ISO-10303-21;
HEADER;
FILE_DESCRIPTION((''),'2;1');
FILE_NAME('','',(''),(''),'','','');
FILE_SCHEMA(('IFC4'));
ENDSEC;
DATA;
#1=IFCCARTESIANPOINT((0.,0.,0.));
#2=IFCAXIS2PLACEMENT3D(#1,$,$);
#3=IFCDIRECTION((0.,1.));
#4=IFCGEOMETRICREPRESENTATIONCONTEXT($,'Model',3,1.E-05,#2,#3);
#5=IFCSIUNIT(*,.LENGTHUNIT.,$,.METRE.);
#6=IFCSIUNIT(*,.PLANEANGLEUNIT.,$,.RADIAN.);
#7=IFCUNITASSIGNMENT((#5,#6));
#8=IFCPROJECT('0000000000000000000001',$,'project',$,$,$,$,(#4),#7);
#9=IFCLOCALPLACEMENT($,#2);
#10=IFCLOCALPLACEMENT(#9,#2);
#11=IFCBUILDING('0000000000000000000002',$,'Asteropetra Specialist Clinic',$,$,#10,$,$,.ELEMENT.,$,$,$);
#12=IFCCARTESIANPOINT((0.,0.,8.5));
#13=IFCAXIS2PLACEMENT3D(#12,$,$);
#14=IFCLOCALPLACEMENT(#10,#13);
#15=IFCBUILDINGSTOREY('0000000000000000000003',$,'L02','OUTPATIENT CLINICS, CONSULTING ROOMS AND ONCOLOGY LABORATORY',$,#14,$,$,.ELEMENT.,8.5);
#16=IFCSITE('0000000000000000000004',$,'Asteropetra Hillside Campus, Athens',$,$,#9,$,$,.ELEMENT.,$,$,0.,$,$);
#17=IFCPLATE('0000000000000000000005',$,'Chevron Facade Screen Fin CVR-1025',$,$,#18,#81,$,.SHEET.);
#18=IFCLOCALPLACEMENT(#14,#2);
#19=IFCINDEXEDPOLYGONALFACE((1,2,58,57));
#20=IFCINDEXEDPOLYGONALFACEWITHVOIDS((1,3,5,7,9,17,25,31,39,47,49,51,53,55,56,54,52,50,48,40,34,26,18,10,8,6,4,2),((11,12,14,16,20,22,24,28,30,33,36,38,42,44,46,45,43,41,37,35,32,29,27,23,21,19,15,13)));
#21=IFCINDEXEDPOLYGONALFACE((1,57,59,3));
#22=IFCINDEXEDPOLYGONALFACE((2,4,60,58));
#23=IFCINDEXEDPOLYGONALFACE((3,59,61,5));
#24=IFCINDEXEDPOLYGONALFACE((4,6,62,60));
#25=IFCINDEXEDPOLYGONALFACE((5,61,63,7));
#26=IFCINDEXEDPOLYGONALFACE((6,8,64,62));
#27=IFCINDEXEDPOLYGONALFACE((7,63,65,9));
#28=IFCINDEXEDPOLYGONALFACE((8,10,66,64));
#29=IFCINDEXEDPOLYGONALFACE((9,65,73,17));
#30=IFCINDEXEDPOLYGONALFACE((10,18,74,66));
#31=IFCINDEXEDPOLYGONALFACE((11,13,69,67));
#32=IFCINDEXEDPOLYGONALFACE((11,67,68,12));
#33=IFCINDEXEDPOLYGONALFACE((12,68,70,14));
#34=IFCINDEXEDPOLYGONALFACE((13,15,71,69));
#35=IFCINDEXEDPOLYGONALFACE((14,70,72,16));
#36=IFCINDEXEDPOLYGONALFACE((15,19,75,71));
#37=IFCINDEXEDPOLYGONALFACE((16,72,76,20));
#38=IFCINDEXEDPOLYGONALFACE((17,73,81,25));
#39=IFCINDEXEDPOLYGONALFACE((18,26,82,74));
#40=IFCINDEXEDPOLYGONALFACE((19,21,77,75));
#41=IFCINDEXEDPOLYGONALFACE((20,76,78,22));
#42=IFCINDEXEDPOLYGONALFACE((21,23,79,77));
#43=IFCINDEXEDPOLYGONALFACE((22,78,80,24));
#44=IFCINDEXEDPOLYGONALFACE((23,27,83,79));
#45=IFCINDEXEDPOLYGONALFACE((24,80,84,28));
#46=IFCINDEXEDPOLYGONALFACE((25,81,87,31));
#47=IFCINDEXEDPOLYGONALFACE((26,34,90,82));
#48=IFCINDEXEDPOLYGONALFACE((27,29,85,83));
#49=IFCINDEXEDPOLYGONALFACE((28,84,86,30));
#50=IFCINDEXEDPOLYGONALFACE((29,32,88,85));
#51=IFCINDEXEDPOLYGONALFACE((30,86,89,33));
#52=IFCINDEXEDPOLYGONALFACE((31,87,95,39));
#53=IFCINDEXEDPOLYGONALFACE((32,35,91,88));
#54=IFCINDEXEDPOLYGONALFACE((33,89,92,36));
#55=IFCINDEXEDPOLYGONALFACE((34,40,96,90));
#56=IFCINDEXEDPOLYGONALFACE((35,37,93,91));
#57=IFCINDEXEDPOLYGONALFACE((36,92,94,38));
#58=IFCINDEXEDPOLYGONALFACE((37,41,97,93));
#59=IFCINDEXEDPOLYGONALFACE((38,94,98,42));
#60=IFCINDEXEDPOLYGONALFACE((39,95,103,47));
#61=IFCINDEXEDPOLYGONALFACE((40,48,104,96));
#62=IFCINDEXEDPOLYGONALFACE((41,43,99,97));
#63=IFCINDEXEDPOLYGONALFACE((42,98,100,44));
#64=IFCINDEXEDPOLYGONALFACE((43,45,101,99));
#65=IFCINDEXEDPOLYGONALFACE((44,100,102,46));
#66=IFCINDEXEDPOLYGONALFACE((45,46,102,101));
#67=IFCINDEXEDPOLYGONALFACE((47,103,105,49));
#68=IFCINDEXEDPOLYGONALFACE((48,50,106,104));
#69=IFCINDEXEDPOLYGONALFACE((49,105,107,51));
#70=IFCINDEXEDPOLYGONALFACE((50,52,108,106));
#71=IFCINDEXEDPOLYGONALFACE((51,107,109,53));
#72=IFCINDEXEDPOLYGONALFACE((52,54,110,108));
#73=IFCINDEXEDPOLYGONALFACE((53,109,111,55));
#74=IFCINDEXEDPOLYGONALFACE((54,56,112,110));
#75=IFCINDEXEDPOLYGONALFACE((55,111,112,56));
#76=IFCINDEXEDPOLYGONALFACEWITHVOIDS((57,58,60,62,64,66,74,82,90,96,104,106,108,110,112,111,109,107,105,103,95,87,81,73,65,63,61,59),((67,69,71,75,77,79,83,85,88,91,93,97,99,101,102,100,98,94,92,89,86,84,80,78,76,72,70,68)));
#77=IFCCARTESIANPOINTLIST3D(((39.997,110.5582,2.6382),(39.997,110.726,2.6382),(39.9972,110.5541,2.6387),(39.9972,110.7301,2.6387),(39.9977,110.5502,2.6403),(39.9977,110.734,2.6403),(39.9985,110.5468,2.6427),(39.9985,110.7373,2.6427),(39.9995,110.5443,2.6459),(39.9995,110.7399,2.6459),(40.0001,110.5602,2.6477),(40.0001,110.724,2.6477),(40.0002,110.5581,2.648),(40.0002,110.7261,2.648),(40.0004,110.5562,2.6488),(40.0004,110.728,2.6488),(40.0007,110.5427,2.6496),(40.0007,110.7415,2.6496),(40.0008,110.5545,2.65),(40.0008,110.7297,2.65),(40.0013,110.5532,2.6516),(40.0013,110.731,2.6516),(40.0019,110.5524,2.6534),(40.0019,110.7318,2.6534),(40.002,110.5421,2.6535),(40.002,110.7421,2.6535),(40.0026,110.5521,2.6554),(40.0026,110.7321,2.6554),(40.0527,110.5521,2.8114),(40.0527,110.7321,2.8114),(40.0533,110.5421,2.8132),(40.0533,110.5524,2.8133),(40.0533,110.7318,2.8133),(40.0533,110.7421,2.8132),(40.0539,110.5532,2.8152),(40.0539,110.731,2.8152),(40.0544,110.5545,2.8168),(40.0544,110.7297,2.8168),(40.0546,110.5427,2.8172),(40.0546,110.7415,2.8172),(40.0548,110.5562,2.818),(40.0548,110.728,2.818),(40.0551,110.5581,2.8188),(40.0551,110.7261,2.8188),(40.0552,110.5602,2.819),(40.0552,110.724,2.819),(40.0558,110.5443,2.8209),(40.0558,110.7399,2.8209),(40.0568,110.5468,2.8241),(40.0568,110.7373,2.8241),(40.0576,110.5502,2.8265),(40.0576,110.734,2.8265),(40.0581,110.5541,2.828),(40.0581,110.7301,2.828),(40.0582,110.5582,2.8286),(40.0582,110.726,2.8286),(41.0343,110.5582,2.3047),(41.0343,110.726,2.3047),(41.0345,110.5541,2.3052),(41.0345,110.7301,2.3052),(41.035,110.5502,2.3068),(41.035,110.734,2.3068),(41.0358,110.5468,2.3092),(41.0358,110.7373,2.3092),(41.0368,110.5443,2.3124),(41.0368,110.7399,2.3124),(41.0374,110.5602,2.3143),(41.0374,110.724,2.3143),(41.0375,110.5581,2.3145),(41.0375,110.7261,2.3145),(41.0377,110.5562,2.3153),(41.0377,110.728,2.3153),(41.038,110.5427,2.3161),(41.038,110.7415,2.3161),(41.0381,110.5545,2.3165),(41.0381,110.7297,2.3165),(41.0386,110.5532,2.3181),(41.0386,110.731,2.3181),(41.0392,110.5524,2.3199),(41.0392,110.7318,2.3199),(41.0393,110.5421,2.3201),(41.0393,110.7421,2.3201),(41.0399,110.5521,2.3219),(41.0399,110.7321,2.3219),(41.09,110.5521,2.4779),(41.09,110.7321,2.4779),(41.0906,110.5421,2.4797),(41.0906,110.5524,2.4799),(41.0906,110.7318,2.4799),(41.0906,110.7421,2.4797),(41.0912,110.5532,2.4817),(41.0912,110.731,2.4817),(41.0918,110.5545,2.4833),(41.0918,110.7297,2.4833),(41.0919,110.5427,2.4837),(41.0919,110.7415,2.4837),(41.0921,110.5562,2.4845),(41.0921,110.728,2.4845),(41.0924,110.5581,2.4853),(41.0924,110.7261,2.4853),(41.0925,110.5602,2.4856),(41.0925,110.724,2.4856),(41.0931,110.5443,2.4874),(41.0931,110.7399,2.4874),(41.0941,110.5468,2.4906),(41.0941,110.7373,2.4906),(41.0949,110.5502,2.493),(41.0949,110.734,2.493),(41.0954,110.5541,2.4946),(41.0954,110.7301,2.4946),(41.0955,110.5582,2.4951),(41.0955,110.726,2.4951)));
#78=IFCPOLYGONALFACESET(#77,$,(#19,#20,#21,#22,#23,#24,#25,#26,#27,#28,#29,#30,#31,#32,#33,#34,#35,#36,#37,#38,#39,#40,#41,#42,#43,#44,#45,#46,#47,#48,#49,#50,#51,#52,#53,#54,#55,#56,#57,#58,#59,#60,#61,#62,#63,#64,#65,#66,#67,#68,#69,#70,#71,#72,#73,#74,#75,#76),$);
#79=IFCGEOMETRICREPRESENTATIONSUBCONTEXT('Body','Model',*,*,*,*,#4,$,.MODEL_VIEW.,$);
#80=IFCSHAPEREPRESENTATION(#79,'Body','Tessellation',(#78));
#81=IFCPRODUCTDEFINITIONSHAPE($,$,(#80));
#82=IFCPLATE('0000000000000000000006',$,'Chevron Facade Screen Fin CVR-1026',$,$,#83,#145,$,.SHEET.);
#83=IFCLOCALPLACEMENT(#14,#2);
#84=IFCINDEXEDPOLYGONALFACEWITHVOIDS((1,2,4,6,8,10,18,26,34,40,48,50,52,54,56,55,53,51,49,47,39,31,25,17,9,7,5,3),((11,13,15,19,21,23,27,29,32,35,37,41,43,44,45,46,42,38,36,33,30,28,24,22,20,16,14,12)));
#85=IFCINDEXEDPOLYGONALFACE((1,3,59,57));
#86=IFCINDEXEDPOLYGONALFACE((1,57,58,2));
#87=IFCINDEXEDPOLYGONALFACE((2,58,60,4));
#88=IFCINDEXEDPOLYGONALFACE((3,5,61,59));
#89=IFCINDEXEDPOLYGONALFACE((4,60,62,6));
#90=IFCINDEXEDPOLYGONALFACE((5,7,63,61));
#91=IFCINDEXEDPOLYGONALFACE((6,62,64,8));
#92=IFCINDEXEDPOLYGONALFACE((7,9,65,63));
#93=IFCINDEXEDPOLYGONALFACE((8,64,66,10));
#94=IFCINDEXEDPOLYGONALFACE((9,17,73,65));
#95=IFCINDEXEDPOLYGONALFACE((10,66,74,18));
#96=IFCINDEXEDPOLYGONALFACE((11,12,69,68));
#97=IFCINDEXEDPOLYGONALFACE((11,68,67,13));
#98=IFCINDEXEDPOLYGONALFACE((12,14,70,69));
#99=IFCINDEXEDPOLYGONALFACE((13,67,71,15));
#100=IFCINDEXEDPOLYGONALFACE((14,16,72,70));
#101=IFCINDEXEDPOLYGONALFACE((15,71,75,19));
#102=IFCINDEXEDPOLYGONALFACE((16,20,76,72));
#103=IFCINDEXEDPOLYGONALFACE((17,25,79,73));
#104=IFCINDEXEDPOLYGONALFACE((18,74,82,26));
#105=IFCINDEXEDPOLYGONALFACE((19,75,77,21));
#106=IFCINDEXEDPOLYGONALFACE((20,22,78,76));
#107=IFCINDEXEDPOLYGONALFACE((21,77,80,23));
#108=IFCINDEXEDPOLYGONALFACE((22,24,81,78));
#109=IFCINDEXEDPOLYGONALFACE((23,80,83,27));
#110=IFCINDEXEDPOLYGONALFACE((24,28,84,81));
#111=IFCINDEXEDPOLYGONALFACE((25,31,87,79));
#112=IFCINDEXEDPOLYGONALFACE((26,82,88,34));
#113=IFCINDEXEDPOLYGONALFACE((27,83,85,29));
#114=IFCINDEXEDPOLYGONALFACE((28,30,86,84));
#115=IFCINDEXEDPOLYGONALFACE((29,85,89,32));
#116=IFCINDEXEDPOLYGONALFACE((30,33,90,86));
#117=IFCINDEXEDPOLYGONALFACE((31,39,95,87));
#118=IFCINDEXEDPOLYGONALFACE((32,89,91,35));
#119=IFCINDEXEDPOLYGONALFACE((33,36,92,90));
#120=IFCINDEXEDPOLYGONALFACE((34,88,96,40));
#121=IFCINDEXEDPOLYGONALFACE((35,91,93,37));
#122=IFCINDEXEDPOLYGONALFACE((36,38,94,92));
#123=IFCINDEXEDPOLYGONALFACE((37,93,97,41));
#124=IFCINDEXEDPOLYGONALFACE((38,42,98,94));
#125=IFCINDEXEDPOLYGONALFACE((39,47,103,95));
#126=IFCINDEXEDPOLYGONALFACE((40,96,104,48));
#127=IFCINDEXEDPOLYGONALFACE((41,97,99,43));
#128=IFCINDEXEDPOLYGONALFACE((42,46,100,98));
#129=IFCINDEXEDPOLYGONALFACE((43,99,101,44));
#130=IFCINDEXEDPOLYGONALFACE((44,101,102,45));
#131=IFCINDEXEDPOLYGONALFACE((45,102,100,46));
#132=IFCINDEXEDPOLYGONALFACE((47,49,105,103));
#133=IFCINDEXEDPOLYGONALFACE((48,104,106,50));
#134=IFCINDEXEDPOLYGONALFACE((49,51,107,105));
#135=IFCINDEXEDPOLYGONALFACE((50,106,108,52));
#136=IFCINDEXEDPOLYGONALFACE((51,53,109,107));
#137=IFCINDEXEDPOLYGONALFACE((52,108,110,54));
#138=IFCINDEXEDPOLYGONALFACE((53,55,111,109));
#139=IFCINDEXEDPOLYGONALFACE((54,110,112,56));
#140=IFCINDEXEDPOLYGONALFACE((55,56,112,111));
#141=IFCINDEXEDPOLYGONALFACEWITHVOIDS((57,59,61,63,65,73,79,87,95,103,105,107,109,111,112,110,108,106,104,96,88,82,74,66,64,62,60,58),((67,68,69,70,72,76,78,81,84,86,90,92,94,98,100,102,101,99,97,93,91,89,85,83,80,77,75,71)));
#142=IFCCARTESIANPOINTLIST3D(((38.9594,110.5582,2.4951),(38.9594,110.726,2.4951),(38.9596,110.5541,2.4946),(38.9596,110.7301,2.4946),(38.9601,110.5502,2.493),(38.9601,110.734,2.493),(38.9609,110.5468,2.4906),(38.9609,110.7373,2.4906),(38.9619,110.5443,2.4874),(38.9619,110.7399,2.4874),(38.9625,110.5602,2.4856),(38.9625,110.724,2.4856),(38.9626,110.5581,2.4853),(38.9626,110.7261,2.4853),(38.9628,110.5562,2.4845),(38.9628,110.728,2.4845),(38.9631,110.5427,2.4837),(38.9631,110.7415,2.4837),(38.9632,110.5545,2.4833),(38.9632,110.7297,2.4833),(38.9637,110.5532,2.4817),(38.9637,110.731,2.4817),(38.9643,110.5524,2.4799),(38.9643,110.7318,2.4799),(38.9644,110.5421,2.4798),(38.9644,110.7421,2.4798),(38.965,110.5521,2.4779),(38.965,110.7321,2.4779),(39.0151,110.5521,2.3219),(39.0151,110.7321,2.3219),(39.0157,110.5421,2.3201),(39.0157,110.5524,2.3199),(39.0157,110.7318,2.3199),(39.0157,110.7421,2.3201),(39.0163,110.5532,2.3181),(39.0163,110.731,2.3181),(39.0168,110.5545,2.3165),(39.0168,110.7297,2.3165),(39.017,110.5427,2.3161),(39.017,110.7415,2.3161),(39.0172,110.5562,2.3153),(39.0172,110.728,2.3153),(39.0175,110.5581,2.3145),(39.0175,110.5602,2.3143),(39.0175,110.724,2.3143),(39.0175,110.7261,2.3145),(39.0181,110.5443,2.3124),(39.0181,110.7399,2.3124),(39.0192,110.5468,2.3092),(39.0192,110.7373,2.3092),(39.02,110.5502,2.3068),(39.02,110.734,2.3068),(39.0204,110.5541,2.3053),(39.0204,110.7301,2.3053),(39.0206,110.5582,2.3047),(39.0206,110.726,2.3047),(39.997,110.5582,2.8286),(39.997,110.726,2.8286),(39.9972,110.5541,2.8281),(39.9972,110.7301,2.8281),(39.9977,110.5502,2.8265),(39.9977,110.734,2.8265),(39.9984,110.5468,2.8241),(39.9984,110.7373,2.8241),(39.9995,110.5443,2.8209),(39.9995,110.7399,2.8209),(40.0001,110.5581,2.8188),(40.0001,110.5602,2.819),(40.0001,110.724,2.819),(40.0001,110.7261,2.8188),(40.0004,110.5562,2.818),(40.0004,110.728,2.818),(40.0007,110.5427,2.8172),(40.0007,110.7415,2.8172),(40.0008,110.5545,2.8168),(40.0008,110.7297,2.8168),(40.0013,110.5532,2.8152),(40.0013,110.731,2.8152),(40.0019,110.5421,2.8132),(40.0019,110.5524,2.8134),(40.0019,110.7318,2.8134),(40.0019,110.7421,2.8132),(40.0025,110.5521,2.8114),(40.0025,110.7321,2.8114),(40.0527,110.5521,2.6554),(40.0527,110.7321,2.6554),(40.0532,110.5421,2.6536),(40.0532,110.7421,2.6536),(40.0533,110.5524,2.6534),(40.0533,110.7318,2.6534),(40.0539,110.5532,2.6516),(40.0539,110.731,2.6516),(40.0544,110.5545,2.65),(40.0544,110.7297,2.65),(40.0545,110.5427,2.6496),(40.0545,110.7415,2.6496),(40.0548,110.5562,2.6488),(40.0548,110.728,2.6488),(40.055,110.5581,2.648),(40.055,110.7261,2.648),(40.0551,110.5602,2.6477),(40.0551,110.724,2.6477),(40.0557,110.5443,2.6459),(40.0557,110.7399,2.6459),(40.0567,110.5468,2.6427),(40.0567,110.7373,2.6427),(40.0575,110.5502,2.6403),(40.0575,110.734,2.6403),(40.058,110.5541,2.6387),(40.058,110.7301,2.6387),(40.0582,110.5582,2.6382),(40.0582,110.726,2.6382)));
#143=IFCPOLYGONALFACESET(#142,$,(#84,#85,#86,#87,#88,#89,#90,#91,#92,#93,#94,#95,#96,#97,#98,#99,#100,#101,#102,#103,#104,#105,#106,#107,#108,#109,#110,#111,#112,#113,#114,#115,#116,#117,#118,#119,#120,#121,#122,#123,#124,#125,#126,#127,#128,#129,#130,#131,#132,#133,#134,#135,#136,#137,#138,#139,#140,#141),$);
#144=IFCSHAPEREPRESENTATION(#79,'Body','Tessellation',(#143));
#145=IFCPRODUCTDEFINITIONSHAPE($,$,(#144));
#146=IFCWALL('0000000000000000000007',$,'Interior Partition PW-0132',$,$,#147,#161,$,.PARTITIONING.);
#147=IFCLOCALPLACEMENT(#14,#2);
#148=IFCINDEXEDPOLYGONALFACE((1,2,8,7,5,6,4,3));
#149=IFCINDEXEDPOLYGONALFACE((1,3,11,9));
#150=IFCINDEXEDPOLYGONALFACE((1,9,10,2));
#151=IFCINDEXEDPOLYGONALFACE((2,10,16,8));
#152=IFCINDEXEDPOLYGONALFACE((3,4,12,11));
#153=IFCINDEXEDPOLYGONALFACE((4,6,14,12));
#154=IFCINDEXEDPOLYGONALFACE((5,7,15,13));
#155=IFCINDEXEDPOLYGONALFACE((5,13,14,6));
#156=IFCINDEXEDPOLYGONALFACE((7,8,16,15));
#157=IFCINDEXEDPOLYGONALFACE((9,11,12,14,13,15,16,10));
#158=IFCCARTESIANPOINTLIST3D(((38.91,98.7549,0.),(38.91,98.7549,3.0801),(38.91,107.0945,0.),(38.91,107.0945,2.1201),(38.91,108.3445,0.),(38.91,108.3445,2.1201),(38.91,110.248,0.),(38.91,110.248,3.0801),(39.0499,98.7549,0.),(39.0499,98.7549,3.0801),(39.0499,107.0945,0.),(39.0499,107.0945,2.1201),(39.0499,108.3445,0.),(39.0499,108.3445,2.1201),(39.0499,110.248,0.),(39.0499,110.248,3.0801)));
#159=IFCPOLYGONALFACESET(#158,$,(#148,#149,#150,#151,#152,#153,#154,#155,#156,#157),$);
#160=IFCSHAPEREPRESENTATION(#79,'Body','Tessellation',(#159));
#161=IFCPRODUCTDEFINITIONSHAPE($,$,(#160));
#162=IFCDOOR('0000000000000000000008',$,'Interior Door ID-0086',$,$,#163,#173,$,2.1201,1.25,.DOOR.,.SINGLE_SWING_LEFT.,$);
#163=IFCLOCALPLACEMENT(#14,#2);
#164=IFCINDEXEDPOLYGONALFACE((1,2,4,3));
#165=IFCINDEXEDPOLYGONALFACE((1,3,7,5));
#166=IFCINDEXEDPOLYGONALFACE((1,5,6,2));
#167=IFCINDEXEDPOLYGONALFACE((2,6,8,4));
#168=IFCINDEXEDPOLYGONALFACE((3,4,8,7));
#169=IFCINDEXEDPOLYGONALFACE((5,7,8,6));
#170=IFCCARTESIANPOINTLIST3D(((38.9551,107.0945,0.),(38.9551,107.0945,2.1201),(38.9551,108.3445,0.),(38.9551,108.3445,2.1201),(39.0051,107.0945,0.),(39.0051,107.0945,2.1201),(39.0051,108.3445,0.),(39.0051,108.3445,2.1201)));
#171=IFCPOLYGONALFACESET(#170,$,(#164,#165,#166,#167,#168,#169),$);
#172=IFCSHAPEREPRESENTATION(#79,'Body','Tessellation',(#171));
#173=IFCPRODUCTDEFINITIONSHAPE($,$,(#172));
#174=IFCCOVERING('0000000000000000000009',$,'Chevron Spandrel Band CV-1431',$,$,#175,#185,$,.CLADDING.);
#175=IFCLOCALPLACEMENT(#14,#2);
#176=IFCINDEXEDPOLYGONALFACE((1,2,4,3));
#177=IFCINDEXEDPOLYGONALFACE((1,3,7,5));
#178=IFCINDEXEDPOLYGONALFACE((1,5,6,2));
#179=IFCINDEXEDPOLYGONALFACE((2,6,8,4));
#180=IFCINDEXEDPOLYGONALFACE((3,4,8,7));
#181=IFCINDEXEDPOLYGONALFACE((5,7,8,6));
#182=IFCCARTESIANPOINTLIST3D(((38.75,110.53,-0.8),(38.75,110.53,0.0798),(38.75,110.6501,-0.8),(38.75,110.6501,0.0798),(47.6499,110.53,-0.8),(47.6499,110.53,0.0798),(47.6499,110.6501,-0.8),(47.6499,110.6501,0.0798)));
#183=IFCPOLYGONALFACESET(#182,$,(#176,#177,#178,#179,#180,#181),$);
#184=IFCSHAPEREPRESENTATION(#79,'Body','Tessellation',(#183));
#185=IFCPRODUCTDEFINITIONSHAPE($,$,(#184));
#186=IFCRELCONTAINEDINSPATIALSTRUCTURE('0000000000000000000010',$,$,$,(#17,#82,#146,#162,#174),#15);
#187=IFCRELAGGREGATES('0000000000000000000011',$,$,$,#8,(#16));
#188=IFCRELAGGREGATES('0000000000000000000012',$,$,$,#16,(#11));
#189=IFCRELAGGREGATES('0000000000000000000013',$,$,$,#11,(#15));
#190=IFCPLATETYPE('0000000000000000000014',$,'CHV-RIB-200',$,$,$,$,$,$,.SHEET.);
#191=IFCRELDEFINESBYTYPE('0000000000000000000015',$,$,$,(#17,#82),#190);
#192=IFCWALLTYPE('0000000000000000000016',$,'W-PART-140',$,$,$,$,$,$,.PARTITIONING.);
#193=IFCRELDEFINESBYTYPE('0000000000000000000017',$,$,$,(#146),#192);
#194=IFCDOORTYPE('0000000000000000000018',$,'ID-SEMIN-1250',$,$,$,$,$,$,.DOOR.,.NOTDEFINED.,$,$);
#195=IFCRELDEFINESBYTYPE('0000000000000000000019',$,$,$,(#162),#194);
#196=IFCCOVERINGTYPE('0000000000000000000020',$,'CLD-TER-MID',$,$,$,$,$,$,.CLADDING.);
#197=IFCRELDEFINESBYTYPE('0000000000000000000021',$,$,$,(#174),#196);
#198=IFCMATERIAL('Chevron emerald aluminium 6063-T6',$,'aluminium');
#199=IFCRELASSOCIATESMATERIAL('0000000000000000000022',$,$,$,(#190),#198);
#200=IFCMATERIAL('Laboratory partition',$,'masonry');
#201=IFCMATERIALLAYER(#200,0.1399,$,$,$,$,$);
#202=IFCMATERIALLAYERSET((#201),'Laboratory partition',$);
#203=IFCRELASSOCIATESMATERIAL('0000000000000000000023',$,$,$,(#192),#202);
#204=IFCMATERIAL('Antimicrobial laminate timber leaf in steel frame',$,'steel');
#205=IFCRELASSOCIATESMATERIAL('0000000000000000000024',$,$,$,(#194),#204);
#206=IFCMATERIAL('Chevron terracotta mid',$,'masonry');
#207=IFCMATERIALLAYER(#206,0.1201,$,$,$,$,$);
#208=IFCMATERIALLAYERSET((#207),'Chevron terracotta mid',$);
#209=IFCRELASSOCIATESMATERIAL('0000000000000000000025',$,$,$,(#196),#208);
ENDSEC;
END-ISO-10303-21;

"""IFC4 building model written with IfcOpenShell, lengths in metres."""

from ifc_helpers import new_model, si_unit, direction, frame, frame_2d, origin, origin_2d, place, context, subcontext, project, spatial, rectangle, hollow_rectangle, extrude, material, layer, layer_set, material_profile, profile_set, type_object, element, fill, save


model = new_model("IFC4")

# Units and contexts
model_context = context("Model", 3, precision=1e-05, world=origin(), true_north=direction((0.0, 1.0)))
body_context = subcontext(model_context, "Body", "Model", "MODEL_VIEW")
ifc_project = project(units=[si_unit("LENGTHUNIT", "METRE"), si_unit("PLANEANGLEUNIT", "RADIAN")], contexts=[model_context])

# Site, building, storey
site_placement = place(None, origin())
site = spatial("IfcSite", under=ifc_project, at=site_placement, Name="Asteropetra Hillside Campus, Athens", CompositionType="ELEMENT", RefElevation=0.0)
building_placement = place(site_placement, origin())
building = spatial("IfcBuilding", under=site, at=building_placement, Name="Asteropetra Specialist Clinic", CompositionType="ELEMENT")
storey_placement = place(building_placement, frame((0.0, 0.0, 8.5)))
storey = spatial("IfcBuildingStorey", under=building, at=storey_placement, Name="L02", Description="OUTPATIENT CLINICS, CONSULTING ROOMS AND ONCOLOGY LABORATORY", CompositionType="ELEMENT", Elevation=8.5)

# Plates
ifc_material_1 = material(Name="Chevron emerald aluminium 6063-T6", Category="aluminium")
ifc_material_profile_1 = material_profile(ifc_material_1, hollow_rectangle(XDim=0.2, YDim=0.2, WallThickness=0.01, InnerFilletRadius=0.0081, OuterFilletRadius=0.0161, at=origin_2d()), Name="SHS 200x200x10.0")
ifc_profile_set_1 = profile_set([ifc_material_profile_1], Name="Chevron emerald aluminium 6063-T6")
plate_type = type_object("IfcPlateType", Name="CHV-RIB-200", PredefinedType="SHEET", material=ifc_profile_set_1)
plate_1_placement = place(storey_placement, frame((41.0649, 110.6421, 2.3999), z_axis=(-0.952012, 0.0, 0.30606), x_axis=(0.0, -1.0, 0.0)))
element("IfcPlate", 1, at=plate_1_placement, inside=storey, type_object=plate_type, Name="Chevron Facade Screen Fin CVR-1025", PredefinedType="SHEET", context=body_context, shape_type="SweptSolid", body=[
    extrude(hollow_rectangle(XDim=0.2, YDim=0.2, WallThickness=0.01, InnerFilletRadius=0.0081, OuterFilletRadius=0.0161, at=origin_2d()), origin(), (0.0, 0.0, 1.0), 1.0896),
])
plate_2_placement = place(storey_placement, frame((40.0276, 110.6421, 2.7334), z_axis=(-0.952033, 0.0, -0.305995), x_axis=(0.0, -1.0, 0.0)))
element("IfcPlate", 2, at=plate_2_placement, inside=storey, type_object=plate_type, Name="Chevron Facade Screen Fin CVR-1026", PredefinedType="SHEET", context=body_context, shape_type="SweptSolid", body=[
    extrude(hollow_rectangle(XDim=0.2, YDim=0.2, WallThickness=0.01, InnerFilletRadius=0.0081, OuterFilletRadius=0.0161, at=origin_2d()), origin(), (0.0, 0.0, 1.0), 1.0898),
])

# Wall, opening, door
ifc_material_2 = material(Name="Laboratory partition", Category="masonry")
ifc_layer_1 = layer(ifc_material_2, 0.1399)
ifc_layer_set_1 = layer_set([ifc_layer_1], Name="Laboratory partition")
wall_type = type_object("IfcWallType", Name="W-PART-140", PredefinedType="PARTITIONING", material=ifc_layer_set_1)
wall_placement = place(storey_placement, frame((38.98, 98.7549, 0.0), z_axis=(0.0, 0.0, 1.0), x_axis=(0.0, 1.0, 0.0)))
wall = element("IfcWall", 3, at=wall_placement, inside=storey, type_object=wall_type, Name="Interior Partition PW-0132", PredefinedType="PARTITIONING", context=body_context, shape_type="SweptSolid", body=[
    extrude(rectangle(XDim=11.4932, YDim=0.1399, at=frame_2d((5.7466, 0.0))), origin(), (0.0, 0.0, 1.0), 3.0801),
])
opening_placement = place(wall_placement, frame((8.3396, 0.0, 0.0)))
opening = element("IfcOpeningElement", 4, at=opening_placement, cuts=wall, PredefinedType="OPENING", context=body_context, shape_type="SweptSolid", body=[
    extrude(rectangle(XDim=1.25, YDim=2.1201, at=frame_2d((0.625, 1.0601))), frame((0.0, 0.0798, 0.0), z_axis=(0.0, -1.0, 0.0), x_axis=(1.0, 0.0, 0.0)), (0.0, 0.0, 1.0), 0.1599),
])
ifc_material_3 = material(Name="Antimicrobial laminate timber leaf in steel frame", Category="steel")
door_type = type_object("IfcDoorType", Name="ID-SEMIN-1250", OperationType="NOTDEFINED", PredefinedType="DOOR", material=ifc_material_3)
door_placement = place(opening_placement, origin())
door = element("IfcDoor", 5, at=door_placement, inside=storey, type_object=door_type, Name="Interior Door ID-0086", OperationType="SINGLE_SWING_LEFT", OverallHeight=2.1201, OverallWidth=1.25, PredefinedType="DOOR", context=body_context, shape_type="SweptSolid", body=[
    extrude(rectangle(XDim=1.25, YDim=2.1201, at=frame_2d((0.625, 1.0601))), frame((0.0, 0.0249, 0.0), z_axis=(0.0, -1.0, 0.0), x_axis=(1.0, 0.0, 0.0)), (0.0, 0.0, 1.0), 0.05),
])
fill(opening, door)

# Covering
ifc_material_4 = material(Name="Chevron terracotta mid", Category="masonry")
ifc_layer_2 = layer(ifc_material_4, 0.1201)
ifc_layer_set_2 = layer_set([ifc_layer_2], Name="Chevron terracotta mid")
covering_type = type_object("IfcCoveringType", Name="CLD-TER-MID", PredefinedType="CLADDING", material=ifc_layer_set_2)
covering_placement = place(storey_placement, frame((43.2, 110.5901, -0.8), z_axis=(0.0, 0.0, 1.0), x_axis=(1.0, 0.0, 0.0)))
element("IfcCovering", 6, at=covering_placement, inside=storey, type_object=covering_type, Name="Chevron Spandrel Band CV-1431", PredefinedType="CLADDING", context=body_context, shape_type="SweptSolid", body=[
    extrude(rectangle(XDim=8.8999, YDim=0.1201, at=origin_2d()), origin(), (0.0, 0.0, 1.0), 0.8799),
])

save(model, "model.ifc")
